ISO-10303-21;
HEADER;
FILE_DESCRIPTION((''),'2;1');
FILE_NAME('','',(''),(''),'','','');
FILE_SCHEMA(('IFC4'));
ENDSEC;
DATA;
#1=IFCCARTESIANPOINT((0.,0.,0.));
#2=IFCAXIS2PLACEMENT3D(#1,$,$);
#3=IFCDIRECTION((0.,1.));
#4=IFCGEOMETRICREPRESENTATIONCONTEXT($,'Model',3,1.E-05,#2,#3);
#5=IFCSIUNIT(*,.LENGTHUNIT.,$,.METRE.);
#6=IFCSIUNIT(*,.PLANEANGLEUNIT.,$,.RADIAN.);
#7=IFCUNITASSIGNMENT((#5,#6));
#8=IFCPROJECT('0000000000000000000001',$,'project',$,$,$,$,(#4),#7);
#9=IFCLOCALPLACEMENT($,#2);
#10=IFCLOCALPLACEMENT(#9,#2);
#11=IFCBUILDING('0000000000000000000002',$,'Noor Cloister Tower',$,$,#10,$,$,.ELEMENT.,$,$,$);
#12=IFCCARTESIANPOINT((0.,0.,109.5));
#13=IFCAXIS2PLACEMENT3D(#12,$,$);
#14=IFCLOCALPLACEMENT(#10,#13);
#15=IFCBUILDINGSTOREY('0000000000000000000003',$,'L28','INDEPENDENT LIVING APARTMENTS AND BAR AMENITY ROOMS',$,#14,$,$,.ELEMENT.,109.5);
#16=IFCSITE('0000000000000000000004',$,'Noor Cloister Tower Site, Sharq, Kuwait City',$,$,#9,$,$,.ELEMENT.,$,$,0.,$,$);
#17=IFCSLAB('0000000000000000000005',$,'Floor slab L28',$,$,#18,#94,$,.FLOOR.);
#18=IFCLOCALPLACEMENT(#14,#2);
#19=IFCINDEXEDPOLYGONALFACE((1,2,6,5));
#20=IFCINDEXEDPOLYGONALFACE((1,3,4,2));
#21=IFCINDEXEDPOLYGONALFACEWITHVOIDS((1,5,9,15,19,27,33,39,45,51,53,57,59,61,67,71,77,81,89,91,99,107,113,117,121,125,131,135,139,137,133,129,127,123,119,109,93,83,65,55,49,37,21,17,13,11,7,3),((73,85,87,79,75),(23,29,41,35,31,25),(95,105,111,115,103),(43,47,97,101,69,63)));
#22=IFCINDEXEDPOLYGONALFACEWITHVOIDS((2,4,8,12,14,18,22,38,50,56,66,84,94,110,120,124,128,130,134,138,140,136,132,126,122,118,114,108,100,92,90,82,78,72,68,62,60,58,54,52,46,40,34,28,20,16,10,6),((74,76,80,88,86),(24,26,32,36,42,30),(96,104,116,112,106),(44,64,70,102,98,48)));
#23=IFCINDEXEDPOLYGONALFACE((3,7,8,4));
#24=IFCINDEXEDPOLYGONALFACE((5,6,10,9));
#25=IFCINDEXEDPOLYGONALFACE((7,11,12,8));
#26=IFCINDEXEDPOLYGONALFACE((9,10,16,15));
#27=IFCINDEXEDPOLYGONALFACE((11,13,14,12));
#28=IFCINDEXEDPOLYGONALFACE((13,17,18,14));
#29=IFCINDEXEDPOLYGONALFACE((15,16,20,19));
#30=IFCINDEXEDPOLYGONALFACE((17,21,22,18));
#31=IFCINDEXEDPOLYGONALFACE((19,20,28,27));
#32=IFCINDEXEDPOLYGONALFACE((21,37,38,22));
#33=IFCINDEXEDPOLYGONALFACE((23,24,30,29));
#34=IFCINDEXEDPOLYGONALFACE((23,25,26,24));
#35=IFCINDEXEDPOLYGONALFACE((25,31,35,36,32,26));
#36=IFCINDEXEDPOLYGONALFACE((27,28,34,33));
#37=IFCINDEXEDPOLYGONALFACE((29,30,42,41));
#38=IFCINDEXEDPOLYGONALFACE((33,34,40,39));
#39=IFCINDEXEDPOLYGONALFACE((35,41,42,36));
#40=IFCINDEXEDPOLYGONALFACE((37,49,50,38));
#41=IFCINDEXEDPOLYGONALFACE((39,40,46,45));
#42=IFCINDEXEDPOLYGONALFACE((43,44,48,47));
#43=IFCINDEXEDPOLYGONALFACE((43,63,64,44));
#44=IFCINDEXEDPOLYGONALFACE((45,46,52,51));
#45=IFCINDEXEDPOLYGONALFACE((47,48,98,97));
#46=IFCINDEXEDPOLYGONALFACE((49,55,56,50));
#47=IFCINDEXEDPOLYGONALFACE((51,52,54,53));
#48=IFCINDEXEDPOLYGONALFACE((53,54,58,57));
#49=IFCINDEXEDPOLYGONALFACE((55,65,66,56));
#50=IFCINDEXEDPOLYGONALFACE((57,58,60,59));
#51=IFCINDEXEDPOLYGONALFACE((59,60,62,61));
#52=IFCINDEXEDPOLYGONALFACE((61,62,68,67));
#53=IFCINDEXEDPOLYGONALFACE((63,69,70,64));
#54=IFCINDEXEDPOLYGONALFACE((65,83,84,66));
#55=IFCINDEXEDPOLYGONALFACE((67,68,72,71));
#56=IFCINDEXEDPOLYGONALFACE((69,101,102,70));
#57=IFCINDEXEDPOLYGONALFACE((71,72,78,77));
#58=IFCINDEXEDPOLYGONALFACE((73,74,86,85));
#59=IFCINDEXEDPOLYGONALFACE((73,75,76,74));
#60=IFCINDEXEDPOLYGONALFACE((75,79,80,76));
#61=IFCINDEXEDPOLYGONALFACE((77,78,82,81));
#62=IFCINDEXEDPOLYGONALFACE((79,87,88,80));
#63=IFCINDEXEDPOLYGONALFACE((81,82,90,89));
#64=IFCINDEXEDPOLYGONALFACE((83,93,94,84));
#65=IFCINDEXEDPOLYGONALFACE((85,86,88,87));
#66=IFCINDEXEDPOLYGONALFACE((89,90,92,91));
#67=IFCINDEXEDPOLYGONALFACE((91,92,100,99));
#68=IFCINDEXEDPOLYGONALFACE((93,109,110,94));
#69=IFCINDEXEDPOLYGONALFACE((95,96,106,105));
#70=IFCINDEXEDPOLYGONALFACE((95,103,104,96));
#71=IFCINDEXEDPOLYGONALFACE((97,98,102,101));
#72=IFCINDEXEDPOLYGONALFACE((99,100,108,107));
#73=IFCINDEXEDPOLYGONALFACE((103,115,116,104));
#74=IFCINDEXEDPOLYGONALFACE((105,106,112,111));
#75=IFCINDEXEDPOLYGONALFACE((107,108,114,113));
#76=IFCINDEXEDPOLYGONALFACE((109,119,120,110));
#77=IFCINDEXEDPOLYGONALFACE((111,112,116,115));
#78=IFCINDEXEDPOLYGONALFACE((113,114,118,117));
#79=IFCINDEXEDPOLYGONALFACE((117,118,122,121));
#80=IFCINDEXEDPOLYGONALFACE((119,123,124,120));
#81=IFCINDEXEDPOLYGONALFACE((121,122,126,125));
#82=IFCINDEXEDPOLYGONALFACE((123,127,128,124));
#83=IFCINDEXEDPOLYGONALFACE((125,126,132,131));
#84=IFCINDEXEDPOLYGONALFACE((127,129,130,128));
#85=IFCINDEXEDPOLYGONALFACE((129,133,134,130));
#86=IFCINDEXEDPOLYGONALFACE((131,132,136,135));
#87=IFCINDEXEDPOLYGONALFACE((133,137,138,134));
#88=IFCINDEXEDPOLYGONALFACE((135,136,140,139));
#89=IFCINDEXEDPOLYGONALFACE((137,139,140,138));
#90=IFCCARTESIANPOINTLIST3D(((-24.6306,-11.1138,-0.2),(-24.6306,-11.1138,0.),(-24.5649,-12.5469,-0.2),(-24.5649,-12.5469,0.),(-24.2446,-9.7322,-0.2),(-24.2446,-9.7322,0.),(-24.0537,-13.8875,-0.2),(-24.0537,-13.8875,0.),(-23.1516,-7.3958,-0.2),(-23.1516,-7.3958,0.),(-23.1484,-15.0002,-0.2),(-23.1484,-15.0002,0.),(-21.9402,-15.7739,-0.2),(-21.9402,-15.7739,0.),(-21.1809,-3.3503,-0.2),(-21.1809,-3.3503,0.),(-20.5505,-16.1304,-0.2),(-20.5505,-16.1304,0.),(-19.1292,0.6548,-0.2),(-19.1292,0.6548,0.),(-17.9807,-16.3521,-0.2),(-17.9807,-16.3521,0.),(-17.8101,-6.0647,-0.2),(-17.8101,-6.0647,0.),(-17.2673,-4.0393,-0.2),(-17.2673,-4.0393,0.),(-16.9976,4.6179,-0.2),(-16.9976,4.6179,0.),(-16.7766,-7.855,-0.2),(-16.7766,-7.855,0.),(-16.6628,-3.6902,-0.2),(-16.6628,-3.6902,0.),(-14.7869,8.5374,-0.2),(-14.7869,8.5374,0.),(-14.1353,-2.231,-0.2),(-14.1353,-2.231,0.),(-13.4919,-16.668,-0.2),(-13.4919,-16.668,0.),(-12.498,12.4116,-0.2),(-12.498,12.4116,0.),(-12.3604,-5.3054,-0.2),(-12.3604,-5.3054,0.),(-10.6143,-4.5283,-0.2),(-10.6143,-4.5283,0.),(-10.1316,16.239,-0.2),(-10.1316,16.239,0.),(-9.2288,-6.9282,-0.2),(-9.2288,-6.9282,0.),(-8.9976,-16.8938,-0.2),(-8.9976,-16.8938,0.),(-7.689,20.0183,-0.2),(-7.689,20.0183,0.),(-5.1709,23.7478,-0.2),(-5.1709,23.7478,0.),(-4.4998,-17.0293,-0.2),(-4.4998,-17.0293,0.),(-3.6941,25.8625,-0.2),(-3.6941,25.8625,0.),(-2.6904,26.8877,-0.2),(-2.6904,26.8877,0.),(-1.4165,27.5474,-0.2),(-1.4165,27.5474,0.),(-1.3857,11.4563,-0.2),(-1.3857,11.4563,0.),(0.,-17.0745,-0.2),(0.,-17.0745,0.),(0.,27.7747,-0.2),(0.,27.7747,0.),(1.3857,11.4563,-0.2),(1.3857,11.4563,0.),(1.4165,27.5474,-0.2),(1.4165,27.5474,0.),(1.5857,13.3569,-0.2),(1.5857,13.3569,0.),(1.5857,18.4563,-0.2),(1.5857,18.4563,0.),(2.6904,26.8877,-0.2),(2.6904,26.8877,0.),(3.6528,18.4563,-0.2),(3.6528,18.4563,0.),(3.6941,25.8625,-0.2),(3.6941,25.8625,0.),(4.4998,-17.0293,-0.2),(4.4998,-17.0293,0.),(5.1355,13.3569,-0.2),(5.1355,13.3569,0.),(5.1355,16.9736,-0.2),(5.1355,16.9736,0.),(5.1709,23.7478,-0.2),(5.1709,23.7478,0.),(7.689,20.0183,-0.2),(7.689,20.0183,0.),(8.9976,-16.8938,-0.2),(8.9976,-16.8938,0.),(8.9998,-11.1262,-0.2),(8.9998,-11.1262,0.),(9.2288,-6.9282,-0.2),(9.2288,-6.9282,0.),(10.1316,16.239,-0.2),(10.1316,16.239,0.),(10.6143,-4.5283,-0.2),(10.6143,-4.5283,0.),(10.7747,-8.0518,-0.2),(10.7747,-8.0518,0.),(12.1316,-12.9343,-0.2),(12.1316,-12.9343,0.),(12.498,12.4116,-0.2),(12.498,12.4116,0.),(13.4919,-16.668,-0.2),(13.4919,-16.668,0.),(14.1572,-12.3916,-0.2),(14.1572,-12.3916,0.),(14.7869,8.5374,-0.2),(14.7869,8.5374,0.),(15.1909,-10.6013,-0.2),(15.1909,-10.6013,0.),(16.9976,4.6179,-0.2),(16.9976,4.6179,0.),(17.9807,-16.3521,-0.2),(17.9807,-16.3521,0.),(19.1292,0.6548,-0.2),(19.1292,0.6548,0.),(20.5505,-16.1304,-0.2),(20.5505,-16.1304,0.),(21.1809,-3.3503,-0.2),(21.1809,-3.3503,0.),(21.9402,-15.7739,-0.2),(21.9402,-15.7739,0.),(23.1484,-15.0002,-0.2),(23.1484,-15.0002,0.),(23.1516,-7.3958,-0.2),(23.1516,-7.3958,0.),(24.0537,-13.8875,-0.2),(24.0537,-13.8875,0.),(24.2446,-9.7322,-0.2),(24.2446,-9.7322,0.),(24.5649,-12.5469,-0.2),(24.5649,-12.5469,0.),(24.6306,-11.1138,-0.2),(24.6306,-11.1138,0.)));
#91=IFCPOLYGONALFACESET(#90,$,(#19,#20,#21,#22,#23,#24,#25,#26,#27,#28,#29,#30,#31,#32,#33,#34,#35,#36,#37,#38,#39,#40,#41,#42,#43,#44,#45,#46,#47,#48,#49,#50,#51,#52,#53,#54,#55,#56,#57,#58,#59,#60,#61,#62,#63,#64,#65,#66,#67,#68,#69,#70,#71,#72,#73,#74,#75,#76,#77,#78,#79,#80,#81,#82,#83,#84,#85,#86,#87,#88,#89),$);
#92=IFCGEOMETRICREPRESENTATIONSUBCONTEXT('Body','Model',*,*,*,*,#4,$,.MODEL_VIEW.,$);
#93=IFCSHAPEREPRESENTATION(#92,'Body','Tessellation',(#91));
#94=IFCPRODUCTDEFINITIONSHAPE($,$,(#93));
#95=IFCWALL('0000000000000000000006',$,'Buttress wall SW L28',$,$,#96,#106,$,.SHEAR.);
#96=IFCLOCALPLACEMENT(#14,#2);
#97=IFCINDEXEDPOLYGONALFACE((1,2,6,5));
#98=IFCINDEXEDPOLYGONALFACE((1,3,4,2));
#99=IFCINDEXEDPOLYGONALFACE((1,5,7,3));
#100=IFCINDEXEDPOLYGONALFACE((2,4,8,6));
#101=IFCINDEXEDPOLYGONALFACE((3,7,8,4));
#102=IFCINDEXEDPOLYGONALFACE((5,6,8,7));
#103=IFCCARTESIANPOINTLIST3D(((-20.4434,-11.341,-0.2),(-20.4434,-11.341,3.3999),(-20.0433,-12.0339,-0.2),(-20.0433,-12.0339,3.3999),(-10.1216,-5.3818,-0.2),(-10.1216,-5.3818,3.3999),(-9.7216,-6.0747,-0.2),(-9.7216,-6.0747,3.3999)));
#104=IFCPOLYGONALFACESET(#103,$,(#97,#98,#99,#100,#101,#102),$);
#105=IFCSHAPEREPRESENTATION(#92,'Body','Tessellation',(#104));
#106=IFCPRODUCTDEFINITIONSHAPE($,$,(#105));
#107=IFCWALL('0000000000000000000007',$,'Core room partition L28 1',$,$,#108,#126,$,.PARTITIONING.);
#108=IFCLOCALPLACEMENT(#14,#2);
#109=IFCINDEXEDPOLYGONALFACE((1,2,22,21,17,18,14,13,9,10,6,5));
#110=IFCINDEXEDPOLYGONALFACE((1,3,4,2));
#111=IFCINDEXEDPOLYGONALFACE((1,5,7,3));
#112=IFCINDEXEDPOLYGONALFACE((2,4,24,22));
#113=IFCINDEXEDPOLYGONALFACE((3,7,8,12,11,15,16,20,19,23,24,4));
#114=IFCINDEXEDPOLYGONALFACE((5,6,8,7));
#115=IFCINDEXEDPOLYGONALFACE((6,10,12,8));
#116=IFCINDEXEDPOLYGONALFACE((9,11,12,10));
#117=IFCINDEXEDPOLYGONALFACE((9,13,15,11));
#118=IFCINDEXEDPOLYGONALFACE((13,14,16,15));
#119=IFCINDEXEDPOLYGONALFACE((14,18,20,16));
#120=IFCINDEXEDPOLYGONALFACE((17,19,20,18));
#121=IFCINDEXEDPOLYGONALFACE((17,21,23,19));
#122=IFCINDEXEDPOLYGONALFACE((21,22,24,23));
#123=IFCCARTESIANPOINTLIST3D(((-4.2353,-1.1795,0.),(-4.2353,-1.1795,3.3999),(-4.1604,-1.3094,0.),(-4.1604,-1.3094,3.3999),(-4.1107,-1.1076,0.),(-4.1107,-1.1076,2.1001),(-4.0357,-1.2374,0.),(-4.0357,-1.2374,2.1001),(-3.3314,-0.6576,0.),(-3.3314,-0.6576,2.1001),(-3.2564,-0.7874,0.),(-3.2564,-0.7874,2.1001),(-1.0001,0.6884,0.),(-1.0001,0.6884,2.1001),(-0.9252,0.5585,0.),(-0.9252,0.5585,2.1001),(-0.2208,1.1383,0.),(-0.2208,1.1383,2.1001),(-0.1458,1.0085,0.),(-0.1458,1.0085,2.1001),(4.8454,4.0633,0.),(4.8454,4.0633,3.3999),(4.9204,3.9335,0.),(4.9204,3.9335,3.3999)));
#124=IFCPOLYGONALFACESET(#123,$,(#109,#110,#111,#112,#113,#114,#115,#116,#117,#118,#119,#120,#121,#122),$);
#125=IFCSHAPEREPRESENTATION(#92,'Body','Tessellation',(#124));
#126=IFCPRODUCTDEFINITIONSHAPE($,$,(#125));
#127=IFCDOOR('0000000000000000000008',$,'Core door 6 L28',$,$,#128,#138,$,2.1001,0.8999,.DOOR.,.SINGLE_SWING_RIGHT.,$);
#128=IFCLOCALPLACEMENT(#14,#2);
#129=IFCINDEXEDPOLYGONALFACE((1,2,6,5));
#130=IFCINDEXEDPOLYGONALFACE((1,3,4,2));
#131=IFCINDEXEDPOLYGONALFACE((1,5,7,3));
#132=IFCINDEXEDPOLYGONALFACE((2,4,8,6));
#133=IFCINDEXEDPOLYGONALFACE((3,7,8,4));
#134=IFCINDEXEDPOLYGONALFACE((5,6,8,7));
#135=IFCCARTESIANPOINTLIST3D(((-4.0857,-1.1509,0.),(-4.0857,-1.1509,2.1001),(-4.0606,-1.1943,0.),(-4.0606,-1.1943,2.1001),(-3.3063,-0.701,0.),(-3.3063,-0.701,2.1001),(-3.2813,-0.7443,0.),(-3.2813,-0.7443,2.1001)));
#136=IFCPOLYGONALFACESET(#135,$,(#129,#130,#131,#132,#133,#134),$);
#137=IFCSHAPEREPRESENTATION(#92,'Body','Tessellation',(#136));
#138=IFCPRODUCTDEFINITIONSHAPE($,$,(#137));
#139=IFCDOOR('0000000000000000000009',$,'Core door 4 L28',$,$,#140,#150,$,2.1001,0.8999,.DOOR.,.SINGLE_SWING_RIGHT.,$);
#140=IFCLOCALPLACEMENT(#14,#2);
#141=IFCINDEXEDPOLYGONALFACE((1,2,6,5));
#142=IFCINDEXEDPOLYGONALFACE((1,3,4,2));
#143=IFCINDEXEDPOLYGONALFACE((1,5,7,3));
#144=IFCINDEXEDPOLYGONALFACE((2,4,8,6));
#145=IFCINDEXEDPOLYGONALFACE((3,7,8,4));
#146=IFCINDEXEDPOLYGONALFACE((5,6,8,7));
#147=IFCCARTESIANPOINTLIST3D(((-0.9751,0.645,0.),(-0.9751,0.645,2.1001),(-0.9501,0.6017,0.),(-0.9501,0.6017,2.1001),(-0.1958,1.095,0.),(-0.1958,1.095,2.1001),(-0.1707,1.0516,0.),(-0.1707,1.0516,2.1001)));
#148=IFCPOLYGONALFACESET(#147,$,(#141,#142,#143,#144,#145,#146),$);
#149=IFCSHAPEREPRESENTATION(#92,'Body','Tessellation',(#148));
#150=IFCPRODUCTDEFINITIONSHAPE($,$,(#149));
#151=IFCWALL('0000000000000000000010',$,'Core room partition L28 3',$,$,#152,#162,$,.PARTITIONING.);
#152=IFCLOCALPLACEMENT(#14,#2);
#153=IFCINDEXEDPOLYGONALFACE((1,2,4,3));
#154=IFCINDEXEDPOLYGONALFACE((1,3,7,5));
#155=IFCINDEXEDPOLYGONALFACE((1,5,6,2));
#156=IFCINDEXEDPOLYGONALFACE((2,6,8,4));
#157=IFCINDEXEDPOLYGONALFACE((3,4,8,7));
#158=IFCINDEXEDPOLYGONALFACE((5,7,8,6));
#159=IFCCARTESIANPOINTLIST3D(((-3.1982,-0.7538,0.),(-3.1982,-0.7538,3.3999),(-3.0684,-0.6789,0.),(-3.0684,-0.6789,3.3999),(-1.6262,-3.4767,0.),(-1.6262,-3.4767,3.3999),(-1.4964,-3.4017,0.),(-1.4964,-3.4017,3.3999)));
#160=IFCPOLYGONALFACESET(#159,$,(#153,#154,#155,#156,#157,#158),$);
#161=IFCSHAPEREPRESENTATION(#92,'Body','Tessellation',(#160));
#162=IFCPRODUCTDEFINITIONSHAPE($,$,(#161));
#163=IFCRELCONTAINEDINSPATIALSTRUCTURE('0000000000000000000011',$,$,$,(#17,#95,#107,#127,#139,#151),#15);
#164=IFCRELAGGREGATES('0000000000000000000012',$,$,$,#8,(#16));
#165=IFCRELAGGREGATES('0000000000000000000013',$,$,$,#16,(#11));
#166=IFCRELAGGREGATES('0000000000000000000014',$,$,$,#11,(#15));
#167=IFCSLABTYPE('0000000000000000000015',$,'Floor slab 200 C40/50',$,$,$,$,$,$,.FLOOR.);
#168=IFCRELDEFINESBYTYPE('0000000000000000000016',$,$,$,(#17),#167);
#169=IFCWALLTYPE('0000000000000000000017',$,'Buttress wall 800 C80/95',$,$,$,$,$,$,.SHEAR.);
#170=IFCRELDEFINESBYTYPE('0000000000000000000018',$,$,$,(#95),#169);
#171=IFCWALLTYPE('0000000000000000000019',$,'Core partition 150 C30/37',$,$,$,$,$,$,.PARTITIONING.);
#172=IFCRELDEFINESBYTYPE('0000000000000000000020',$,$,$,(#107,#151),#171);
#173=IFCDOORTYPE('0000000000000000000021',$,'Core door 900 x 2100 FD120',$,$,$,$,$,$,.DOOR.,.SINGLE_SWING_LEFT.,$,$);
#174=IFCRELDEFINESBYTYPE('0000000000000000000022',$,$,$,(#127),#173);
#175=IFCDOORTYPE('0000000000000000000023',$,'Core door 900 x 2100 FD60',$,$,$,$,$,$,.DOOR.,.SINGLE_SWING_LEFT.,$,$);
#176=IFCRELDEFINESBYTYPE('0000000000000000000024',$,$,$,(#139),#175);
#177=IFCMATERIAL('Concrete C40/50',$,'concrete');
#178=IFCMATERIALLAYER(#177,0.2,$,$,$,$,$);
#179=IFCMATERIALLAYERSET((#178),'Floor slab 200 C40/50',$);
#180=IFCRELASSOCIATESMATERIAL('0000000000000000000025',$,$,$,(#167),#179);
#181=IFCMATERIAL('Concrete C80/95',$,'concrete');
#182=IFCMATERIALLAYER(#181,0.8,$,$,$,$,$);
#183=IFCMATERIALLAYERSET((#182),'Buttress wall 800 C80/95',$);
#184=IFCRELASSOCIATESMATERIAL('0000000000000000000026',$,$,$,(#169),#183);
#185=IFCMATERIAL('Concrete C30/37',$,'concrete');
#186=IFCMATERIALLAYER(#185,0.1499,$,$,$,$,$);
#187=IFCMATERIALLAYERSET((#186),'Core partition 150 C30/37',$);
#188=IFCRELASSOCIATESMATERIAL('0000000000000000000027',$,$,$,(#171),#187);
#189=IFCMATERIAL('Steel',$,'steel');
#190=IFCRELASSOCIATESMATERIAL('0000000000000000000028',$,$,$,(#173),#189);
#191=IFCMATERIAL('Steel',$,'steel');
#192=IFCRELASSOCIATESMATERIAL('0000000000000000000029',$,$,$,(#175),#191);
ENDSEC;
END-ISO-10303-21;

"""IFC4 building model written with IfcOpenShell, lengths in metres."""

from ifc_helpers import new_model, si_unit, direction, frame, frame_2d, origin, place, context, subcontext, project, spatial, polyline, rectangle, outline, extrude, material, layer, layer_set, type_object, element, fill, save


model = new_model("IFC4")

# Units and contexts
model_context = context("Model", 3, precision=1e-05, world=origin(), true_north=direction((0.0, 1.0)))
body_context = subcontext(model_context, "Body", "Model", "MODEL_VIEW")
ifc_project = project(units=[si_unit("LENGTHUNIT", "METRE"), si_unit("PLANEANGLEUNIT", "RADIAN")], contexts=[model_context])

# Site, building, storey
site_placement = place(None, origin())
site = spatial("IfcSite", under=ifc_project, at=site_placement, Name="Noor Cloister Tower Site, Sharq, Kuwait City", CompositionType="ELEMENT", RefElevation=0.0)
building_placement = place(site_placement, origin())
building = spatial("IfcBuilding", under=site, at=building_placement, Name="Noor Cloister Tower", CompositionType="ELEMENT")
storey_placement = place(building_placement, frame((0.0, 0.0, 109.5)))
storey = spatial("IfcBuildingStorey", under=building, at=storey_placement, Name="L28", Description="INDEPENDENT LIVING APARTMENTS AND BAR AMENITY ROOMS", CompositionType="ELEMENT", Elevation=109.5)

# Slab
ifc_material_1 = material(Name="Concrete C40/50", Category="concrete")
ifc_layer_1 = layer(ifc_material_1, 0.2)
ifc_layer_set_1 = layer_set([ifc_layer_1], Name="Floor slab 200 C40/50")
slab_type = type_object("IfcSlabType", Name="Floor slab 200 C40/50", PredefinedType="FLOOR", material=ifc_layer_set_1)
slab_placement = place(storey_placement, frame((0.0, 0.0, -0.2)))
element("IfcSlab", 1, at=slab_placement, inside=storey, type_object=slab_type, Name="Floor slab L28", PredefinedType="FLOOR", context=body_context, shape_type="SweptSolid", body=[
    extrude(outline(polyline([(3.6941, 25.8625), (2.6904, 26.8877), (1.4165, 27.5474), (0.0, 27.7747), (-1.4165, 27.5474), (-2.6904, 26.8877), (-3.6941, 25.8625), (-5.1709, 23.7478), (-7.689, 20.0183), (-10.1316, 16.239), (-12.498, 12.4116), (-14.7869, 8.5374), (-16.9976, 4.6179), (-19.1292, 0.6548), (-21.1809, -3.3503), (-23.1516, -7.3958), (-24.2446, -9.7322), (-24.6306, -11.1138), (-24.5649, -12.5469), (-24.0537, -13.8875), (-23.1484, -15.0002), (-21.9402, -15.7739), (-20.5505, -16.1304), (-17.9807, -16.3521), (-13.4919, -16.668), (-8.9976, -16.8938), (-4.4998, -17.0293), (0.0, -17.0745), (4.4998, -17.0293), (8.9976, -16.8938), (13.4919, -16.668), (17.9807, -16.3521), (20.5505, -16.1304), (21.9402, -15.7739), (23.1484, -15.0002), (24.0537, -13.8875), (24.5649, -12.5469), (24.6306, -11.1138), (24.2446, -9.7322), (23.1516, -7.3958), (21.1809, -3.3503), (19.1292, 0.6548), (16.9976, 4.6179), (14.7869, 8.5374), (12.498, 12.4116), (10.1316, 16.239), (7.689, 20.0183), (5.1709, 23.7478), (3.6941, 25.8625)]), holes=[polyline([(8.9998, -11.1262), (12.1316, -12.9343), (14.1572, -12.3916), (15.1909, -10.6013), (10.7747, -8.0518), (8.9998, -11.1262)]), polyline([(-17.8101, -6.0647), (-16.7766, -7.855), (-12.3604, -5.3054), (-14.1353, -2.231), (-16.6628, -3.6902), (-17.2673, -4.0393), (-17.8101, -6.0647)]), polyline([(-10.6143, -4.5283), (-9.2288, -6.9282), (9.2288, -6.9282), (10.6143, -4.5283), (1.3857, 11.4563), (-1.3857, 11.4563), (-10.6143, -4.5283)]), polyline([(3.6528, 18.4563), (1.5857, 18.4563), (1.5857, 13.3569), (5.1355, 13.3569), (5.1355, 16.9736), (3.6528, 18.4563)])]), origin(), (0.0, 0.0, 1.0), 0.2),
])

# Wall
ifc_material_2 = material(Name="Concrete C80/95", Category="concrete")
ifc_layer_2 = layer(ifc_material_2, 0.8)
ifc_layer_set_2 = layer_set([ifc_layer_2], Name="Buttress wall 800 C80/95")
wall_type_1 = type_object("IfcWallType", Name="Buttress wall 800 C80/95", PredefinedType="SHEAR", material=ifc_layer_set_2)
wall_1_placement = place(storey_placement, frame((-9.9216, -5.7283, -0.2), z_axis=(0.0, 0.0, 1.0), x_axis=(-0.866027, -0.499997, 0.0)))
element("IfcWall", 2, at=wall_1_placement, inside=storey, type_object=wall_type_1, Name="Buttress wall SW L28", PredefinedType="SHEAR", context=body_context, shape_type="SweptSolid", body=[
    extrude(rectangle(XDim=11.9185, YDim=0.8, at=frame_2d((5.9592, 0.0))), origin(), (0.0, 0.0, 1.0), 3.5999),
])

# Wall, openings, doors
ifc_material_3 = material(Name="Concrete C30/37", Category="concrete")
ifc_layer_3 = layer(ifc_material_3, 0.1499)
ifc_layer_set_3 = layer_set([ifc_layer_3], Name="Core partition 150 C30/37")
wall_type_2 = type_object("IfcWallType", Name="Core partition 150 C30/37", PredefinedType="PARTITIONING", material=ifc_layer_set_3)
wall_2_placement = place(storey_placement, frame((-4.1978, -1.2444, 0.0), z_axis=(0.0, 0.0, 1.0), x_axis=(0.866021, 0.500008, 0.0)))
wall_2 = element("IfcWall", 3, at=wall_2_placement, inside=storey, type_object=wall_type_2, Name="Core room partition L28 1", PredefinedType="PARTITIONING", context=body_context, shape_type="SweptSolid", body=[
    extrude(rectangle(XDim=10.4856, YDim=0.1499, at=frame_2d((5.2427, 0.0))), origin(), (0.0, 0.0, 1.0), 3.3999),
])
opening_1_placement = place(wall_2_placement, frame((3.7356, 0.0, 0.0)))
opening_1 = element("IfcOpeningElement", 4, at=opening_1_placement, cuts=wall_2, PredefinedType="OPENING", context=body_context, shape_type="SweptSolid", body=[
    extrude(rectangle(XDim=0.8999, YDim=2.1001, at=frame_2d((0.45, 1.05))), frame((0.0, 0.085, 0.0), z_axis=(0.0, -1.0, 0.0), x_axis=(1.0, 0.0, 0.0)), (0.0, 0.0, 1.0), 0.1699),
])
opening_2_placement = place(wall_2_placement, frame((0.1438, 0.0, 0.0)))
opening_2 = element("IfcOpeningElement", 5, at=opening_2_placement, cuts=wall_2, PredefinedType="OPENING", context=body_context, shape_type="SweptSolid", body=[
    extrude(rectangle(XDim=0.8999, YDim=2.1001, at=frame_2d((0.45, 1.05))), frame((0.0, 0.085, 0.0), z_axis=(0.0, -1.0, 0.0), x_axis=(1.0, 0.0, 0.0)), (0.0, 0.0, 1.0), 0.1699),
])
ifc_material_4 = material(Name="Steel", Category="steel")
door_type_1 = type_object("IfcDoorType", Name="Core door 900 x 2100 FD120", OperationType="SINGLE_SWING_LEFT", PredefinedType="DOOR", material=ifc_material_4)
door_1_placement = place(opening_2_placement, origin())
door_1 = element("IfcDoor", 6, at=door_1_placement, inside=storey, type_object=door_type_1, Name="Core door 6 L28", OperationType="SINGLE_SWING_RIGHT", OverallHeight=2.1001, OverallWidth=0.8999, PredefinedType="DOOR", context=body_context, shape_type="SweptSolid", body=[
    extrude(rectangle(XDim=0.8999, YDim=2.1001, at=frame_2d((0.45, 1.05))), frame((0.0, 0.0249, 0.0), z_axis=(0.0, -1.0, 0.0), x_axis=(1.0, 0.0, 0.0)), (0.0, 0.0, 1.0), 0.05),
])
fill(opening_2, door_1)
ifc_material_5 = material(Name="Steel", Category="steel")
door_type_2 = type_object("IfcDoorType", Name="Core door 900 x 2100 FD60", OperationType="SINGLE_SWING_LEFT", PredefinedType="DOOR", material=ifc_material_5)
door_2_placement = place(opening_1_placement, origin())
door_2 = element("IfcDoor", 7, at=door_2_placement, inside=storey, type_object=door_type_2, Name="Core door 4 L28", OperationType="SINGLE_SWING_RIGHT", OverallHeight=2.1001, OverallWidth=0.8999, PredefinedType="DOOR", context=body_context, shape_type="SweptSolid", body=[
    extrude(rectangle(XDim=0.8999, YDim=2.1001, at=frame_2d((0.45, 1.05))), frame((0.0, 0.0249, 0.0), z_axis=(0.0, -1.0, 0.0), x_axis=(1.0, 0.0, 0.0)), (0.0, 0.0, 1.0), 0.05),
])
fill(opening_1, door_2)

# Wall
wall_3_placement = place(storey_placement, frame((-1.5613, -3.4392, 0.0), z_axis=(0.0, 0.0, 1.0), x_axis=(-0.499989, 0.866032, 0.0)))
element("IfcWall", 8, at=wall_3_placement, inside=storey, type_object=wall_type_2, Name="Core room partition L28 3", PredefinedType="PARTITIONING", context=body_context, shape_type="SweptSolid", body=[
    extrude(rectangle(XDim=3.144, YDim=0.1499, at=frame_2d((1.572, 0.0))), origin(), (0.0, 0.0, 1.0), 3.3999),
])

save(model, "model.ifc")
